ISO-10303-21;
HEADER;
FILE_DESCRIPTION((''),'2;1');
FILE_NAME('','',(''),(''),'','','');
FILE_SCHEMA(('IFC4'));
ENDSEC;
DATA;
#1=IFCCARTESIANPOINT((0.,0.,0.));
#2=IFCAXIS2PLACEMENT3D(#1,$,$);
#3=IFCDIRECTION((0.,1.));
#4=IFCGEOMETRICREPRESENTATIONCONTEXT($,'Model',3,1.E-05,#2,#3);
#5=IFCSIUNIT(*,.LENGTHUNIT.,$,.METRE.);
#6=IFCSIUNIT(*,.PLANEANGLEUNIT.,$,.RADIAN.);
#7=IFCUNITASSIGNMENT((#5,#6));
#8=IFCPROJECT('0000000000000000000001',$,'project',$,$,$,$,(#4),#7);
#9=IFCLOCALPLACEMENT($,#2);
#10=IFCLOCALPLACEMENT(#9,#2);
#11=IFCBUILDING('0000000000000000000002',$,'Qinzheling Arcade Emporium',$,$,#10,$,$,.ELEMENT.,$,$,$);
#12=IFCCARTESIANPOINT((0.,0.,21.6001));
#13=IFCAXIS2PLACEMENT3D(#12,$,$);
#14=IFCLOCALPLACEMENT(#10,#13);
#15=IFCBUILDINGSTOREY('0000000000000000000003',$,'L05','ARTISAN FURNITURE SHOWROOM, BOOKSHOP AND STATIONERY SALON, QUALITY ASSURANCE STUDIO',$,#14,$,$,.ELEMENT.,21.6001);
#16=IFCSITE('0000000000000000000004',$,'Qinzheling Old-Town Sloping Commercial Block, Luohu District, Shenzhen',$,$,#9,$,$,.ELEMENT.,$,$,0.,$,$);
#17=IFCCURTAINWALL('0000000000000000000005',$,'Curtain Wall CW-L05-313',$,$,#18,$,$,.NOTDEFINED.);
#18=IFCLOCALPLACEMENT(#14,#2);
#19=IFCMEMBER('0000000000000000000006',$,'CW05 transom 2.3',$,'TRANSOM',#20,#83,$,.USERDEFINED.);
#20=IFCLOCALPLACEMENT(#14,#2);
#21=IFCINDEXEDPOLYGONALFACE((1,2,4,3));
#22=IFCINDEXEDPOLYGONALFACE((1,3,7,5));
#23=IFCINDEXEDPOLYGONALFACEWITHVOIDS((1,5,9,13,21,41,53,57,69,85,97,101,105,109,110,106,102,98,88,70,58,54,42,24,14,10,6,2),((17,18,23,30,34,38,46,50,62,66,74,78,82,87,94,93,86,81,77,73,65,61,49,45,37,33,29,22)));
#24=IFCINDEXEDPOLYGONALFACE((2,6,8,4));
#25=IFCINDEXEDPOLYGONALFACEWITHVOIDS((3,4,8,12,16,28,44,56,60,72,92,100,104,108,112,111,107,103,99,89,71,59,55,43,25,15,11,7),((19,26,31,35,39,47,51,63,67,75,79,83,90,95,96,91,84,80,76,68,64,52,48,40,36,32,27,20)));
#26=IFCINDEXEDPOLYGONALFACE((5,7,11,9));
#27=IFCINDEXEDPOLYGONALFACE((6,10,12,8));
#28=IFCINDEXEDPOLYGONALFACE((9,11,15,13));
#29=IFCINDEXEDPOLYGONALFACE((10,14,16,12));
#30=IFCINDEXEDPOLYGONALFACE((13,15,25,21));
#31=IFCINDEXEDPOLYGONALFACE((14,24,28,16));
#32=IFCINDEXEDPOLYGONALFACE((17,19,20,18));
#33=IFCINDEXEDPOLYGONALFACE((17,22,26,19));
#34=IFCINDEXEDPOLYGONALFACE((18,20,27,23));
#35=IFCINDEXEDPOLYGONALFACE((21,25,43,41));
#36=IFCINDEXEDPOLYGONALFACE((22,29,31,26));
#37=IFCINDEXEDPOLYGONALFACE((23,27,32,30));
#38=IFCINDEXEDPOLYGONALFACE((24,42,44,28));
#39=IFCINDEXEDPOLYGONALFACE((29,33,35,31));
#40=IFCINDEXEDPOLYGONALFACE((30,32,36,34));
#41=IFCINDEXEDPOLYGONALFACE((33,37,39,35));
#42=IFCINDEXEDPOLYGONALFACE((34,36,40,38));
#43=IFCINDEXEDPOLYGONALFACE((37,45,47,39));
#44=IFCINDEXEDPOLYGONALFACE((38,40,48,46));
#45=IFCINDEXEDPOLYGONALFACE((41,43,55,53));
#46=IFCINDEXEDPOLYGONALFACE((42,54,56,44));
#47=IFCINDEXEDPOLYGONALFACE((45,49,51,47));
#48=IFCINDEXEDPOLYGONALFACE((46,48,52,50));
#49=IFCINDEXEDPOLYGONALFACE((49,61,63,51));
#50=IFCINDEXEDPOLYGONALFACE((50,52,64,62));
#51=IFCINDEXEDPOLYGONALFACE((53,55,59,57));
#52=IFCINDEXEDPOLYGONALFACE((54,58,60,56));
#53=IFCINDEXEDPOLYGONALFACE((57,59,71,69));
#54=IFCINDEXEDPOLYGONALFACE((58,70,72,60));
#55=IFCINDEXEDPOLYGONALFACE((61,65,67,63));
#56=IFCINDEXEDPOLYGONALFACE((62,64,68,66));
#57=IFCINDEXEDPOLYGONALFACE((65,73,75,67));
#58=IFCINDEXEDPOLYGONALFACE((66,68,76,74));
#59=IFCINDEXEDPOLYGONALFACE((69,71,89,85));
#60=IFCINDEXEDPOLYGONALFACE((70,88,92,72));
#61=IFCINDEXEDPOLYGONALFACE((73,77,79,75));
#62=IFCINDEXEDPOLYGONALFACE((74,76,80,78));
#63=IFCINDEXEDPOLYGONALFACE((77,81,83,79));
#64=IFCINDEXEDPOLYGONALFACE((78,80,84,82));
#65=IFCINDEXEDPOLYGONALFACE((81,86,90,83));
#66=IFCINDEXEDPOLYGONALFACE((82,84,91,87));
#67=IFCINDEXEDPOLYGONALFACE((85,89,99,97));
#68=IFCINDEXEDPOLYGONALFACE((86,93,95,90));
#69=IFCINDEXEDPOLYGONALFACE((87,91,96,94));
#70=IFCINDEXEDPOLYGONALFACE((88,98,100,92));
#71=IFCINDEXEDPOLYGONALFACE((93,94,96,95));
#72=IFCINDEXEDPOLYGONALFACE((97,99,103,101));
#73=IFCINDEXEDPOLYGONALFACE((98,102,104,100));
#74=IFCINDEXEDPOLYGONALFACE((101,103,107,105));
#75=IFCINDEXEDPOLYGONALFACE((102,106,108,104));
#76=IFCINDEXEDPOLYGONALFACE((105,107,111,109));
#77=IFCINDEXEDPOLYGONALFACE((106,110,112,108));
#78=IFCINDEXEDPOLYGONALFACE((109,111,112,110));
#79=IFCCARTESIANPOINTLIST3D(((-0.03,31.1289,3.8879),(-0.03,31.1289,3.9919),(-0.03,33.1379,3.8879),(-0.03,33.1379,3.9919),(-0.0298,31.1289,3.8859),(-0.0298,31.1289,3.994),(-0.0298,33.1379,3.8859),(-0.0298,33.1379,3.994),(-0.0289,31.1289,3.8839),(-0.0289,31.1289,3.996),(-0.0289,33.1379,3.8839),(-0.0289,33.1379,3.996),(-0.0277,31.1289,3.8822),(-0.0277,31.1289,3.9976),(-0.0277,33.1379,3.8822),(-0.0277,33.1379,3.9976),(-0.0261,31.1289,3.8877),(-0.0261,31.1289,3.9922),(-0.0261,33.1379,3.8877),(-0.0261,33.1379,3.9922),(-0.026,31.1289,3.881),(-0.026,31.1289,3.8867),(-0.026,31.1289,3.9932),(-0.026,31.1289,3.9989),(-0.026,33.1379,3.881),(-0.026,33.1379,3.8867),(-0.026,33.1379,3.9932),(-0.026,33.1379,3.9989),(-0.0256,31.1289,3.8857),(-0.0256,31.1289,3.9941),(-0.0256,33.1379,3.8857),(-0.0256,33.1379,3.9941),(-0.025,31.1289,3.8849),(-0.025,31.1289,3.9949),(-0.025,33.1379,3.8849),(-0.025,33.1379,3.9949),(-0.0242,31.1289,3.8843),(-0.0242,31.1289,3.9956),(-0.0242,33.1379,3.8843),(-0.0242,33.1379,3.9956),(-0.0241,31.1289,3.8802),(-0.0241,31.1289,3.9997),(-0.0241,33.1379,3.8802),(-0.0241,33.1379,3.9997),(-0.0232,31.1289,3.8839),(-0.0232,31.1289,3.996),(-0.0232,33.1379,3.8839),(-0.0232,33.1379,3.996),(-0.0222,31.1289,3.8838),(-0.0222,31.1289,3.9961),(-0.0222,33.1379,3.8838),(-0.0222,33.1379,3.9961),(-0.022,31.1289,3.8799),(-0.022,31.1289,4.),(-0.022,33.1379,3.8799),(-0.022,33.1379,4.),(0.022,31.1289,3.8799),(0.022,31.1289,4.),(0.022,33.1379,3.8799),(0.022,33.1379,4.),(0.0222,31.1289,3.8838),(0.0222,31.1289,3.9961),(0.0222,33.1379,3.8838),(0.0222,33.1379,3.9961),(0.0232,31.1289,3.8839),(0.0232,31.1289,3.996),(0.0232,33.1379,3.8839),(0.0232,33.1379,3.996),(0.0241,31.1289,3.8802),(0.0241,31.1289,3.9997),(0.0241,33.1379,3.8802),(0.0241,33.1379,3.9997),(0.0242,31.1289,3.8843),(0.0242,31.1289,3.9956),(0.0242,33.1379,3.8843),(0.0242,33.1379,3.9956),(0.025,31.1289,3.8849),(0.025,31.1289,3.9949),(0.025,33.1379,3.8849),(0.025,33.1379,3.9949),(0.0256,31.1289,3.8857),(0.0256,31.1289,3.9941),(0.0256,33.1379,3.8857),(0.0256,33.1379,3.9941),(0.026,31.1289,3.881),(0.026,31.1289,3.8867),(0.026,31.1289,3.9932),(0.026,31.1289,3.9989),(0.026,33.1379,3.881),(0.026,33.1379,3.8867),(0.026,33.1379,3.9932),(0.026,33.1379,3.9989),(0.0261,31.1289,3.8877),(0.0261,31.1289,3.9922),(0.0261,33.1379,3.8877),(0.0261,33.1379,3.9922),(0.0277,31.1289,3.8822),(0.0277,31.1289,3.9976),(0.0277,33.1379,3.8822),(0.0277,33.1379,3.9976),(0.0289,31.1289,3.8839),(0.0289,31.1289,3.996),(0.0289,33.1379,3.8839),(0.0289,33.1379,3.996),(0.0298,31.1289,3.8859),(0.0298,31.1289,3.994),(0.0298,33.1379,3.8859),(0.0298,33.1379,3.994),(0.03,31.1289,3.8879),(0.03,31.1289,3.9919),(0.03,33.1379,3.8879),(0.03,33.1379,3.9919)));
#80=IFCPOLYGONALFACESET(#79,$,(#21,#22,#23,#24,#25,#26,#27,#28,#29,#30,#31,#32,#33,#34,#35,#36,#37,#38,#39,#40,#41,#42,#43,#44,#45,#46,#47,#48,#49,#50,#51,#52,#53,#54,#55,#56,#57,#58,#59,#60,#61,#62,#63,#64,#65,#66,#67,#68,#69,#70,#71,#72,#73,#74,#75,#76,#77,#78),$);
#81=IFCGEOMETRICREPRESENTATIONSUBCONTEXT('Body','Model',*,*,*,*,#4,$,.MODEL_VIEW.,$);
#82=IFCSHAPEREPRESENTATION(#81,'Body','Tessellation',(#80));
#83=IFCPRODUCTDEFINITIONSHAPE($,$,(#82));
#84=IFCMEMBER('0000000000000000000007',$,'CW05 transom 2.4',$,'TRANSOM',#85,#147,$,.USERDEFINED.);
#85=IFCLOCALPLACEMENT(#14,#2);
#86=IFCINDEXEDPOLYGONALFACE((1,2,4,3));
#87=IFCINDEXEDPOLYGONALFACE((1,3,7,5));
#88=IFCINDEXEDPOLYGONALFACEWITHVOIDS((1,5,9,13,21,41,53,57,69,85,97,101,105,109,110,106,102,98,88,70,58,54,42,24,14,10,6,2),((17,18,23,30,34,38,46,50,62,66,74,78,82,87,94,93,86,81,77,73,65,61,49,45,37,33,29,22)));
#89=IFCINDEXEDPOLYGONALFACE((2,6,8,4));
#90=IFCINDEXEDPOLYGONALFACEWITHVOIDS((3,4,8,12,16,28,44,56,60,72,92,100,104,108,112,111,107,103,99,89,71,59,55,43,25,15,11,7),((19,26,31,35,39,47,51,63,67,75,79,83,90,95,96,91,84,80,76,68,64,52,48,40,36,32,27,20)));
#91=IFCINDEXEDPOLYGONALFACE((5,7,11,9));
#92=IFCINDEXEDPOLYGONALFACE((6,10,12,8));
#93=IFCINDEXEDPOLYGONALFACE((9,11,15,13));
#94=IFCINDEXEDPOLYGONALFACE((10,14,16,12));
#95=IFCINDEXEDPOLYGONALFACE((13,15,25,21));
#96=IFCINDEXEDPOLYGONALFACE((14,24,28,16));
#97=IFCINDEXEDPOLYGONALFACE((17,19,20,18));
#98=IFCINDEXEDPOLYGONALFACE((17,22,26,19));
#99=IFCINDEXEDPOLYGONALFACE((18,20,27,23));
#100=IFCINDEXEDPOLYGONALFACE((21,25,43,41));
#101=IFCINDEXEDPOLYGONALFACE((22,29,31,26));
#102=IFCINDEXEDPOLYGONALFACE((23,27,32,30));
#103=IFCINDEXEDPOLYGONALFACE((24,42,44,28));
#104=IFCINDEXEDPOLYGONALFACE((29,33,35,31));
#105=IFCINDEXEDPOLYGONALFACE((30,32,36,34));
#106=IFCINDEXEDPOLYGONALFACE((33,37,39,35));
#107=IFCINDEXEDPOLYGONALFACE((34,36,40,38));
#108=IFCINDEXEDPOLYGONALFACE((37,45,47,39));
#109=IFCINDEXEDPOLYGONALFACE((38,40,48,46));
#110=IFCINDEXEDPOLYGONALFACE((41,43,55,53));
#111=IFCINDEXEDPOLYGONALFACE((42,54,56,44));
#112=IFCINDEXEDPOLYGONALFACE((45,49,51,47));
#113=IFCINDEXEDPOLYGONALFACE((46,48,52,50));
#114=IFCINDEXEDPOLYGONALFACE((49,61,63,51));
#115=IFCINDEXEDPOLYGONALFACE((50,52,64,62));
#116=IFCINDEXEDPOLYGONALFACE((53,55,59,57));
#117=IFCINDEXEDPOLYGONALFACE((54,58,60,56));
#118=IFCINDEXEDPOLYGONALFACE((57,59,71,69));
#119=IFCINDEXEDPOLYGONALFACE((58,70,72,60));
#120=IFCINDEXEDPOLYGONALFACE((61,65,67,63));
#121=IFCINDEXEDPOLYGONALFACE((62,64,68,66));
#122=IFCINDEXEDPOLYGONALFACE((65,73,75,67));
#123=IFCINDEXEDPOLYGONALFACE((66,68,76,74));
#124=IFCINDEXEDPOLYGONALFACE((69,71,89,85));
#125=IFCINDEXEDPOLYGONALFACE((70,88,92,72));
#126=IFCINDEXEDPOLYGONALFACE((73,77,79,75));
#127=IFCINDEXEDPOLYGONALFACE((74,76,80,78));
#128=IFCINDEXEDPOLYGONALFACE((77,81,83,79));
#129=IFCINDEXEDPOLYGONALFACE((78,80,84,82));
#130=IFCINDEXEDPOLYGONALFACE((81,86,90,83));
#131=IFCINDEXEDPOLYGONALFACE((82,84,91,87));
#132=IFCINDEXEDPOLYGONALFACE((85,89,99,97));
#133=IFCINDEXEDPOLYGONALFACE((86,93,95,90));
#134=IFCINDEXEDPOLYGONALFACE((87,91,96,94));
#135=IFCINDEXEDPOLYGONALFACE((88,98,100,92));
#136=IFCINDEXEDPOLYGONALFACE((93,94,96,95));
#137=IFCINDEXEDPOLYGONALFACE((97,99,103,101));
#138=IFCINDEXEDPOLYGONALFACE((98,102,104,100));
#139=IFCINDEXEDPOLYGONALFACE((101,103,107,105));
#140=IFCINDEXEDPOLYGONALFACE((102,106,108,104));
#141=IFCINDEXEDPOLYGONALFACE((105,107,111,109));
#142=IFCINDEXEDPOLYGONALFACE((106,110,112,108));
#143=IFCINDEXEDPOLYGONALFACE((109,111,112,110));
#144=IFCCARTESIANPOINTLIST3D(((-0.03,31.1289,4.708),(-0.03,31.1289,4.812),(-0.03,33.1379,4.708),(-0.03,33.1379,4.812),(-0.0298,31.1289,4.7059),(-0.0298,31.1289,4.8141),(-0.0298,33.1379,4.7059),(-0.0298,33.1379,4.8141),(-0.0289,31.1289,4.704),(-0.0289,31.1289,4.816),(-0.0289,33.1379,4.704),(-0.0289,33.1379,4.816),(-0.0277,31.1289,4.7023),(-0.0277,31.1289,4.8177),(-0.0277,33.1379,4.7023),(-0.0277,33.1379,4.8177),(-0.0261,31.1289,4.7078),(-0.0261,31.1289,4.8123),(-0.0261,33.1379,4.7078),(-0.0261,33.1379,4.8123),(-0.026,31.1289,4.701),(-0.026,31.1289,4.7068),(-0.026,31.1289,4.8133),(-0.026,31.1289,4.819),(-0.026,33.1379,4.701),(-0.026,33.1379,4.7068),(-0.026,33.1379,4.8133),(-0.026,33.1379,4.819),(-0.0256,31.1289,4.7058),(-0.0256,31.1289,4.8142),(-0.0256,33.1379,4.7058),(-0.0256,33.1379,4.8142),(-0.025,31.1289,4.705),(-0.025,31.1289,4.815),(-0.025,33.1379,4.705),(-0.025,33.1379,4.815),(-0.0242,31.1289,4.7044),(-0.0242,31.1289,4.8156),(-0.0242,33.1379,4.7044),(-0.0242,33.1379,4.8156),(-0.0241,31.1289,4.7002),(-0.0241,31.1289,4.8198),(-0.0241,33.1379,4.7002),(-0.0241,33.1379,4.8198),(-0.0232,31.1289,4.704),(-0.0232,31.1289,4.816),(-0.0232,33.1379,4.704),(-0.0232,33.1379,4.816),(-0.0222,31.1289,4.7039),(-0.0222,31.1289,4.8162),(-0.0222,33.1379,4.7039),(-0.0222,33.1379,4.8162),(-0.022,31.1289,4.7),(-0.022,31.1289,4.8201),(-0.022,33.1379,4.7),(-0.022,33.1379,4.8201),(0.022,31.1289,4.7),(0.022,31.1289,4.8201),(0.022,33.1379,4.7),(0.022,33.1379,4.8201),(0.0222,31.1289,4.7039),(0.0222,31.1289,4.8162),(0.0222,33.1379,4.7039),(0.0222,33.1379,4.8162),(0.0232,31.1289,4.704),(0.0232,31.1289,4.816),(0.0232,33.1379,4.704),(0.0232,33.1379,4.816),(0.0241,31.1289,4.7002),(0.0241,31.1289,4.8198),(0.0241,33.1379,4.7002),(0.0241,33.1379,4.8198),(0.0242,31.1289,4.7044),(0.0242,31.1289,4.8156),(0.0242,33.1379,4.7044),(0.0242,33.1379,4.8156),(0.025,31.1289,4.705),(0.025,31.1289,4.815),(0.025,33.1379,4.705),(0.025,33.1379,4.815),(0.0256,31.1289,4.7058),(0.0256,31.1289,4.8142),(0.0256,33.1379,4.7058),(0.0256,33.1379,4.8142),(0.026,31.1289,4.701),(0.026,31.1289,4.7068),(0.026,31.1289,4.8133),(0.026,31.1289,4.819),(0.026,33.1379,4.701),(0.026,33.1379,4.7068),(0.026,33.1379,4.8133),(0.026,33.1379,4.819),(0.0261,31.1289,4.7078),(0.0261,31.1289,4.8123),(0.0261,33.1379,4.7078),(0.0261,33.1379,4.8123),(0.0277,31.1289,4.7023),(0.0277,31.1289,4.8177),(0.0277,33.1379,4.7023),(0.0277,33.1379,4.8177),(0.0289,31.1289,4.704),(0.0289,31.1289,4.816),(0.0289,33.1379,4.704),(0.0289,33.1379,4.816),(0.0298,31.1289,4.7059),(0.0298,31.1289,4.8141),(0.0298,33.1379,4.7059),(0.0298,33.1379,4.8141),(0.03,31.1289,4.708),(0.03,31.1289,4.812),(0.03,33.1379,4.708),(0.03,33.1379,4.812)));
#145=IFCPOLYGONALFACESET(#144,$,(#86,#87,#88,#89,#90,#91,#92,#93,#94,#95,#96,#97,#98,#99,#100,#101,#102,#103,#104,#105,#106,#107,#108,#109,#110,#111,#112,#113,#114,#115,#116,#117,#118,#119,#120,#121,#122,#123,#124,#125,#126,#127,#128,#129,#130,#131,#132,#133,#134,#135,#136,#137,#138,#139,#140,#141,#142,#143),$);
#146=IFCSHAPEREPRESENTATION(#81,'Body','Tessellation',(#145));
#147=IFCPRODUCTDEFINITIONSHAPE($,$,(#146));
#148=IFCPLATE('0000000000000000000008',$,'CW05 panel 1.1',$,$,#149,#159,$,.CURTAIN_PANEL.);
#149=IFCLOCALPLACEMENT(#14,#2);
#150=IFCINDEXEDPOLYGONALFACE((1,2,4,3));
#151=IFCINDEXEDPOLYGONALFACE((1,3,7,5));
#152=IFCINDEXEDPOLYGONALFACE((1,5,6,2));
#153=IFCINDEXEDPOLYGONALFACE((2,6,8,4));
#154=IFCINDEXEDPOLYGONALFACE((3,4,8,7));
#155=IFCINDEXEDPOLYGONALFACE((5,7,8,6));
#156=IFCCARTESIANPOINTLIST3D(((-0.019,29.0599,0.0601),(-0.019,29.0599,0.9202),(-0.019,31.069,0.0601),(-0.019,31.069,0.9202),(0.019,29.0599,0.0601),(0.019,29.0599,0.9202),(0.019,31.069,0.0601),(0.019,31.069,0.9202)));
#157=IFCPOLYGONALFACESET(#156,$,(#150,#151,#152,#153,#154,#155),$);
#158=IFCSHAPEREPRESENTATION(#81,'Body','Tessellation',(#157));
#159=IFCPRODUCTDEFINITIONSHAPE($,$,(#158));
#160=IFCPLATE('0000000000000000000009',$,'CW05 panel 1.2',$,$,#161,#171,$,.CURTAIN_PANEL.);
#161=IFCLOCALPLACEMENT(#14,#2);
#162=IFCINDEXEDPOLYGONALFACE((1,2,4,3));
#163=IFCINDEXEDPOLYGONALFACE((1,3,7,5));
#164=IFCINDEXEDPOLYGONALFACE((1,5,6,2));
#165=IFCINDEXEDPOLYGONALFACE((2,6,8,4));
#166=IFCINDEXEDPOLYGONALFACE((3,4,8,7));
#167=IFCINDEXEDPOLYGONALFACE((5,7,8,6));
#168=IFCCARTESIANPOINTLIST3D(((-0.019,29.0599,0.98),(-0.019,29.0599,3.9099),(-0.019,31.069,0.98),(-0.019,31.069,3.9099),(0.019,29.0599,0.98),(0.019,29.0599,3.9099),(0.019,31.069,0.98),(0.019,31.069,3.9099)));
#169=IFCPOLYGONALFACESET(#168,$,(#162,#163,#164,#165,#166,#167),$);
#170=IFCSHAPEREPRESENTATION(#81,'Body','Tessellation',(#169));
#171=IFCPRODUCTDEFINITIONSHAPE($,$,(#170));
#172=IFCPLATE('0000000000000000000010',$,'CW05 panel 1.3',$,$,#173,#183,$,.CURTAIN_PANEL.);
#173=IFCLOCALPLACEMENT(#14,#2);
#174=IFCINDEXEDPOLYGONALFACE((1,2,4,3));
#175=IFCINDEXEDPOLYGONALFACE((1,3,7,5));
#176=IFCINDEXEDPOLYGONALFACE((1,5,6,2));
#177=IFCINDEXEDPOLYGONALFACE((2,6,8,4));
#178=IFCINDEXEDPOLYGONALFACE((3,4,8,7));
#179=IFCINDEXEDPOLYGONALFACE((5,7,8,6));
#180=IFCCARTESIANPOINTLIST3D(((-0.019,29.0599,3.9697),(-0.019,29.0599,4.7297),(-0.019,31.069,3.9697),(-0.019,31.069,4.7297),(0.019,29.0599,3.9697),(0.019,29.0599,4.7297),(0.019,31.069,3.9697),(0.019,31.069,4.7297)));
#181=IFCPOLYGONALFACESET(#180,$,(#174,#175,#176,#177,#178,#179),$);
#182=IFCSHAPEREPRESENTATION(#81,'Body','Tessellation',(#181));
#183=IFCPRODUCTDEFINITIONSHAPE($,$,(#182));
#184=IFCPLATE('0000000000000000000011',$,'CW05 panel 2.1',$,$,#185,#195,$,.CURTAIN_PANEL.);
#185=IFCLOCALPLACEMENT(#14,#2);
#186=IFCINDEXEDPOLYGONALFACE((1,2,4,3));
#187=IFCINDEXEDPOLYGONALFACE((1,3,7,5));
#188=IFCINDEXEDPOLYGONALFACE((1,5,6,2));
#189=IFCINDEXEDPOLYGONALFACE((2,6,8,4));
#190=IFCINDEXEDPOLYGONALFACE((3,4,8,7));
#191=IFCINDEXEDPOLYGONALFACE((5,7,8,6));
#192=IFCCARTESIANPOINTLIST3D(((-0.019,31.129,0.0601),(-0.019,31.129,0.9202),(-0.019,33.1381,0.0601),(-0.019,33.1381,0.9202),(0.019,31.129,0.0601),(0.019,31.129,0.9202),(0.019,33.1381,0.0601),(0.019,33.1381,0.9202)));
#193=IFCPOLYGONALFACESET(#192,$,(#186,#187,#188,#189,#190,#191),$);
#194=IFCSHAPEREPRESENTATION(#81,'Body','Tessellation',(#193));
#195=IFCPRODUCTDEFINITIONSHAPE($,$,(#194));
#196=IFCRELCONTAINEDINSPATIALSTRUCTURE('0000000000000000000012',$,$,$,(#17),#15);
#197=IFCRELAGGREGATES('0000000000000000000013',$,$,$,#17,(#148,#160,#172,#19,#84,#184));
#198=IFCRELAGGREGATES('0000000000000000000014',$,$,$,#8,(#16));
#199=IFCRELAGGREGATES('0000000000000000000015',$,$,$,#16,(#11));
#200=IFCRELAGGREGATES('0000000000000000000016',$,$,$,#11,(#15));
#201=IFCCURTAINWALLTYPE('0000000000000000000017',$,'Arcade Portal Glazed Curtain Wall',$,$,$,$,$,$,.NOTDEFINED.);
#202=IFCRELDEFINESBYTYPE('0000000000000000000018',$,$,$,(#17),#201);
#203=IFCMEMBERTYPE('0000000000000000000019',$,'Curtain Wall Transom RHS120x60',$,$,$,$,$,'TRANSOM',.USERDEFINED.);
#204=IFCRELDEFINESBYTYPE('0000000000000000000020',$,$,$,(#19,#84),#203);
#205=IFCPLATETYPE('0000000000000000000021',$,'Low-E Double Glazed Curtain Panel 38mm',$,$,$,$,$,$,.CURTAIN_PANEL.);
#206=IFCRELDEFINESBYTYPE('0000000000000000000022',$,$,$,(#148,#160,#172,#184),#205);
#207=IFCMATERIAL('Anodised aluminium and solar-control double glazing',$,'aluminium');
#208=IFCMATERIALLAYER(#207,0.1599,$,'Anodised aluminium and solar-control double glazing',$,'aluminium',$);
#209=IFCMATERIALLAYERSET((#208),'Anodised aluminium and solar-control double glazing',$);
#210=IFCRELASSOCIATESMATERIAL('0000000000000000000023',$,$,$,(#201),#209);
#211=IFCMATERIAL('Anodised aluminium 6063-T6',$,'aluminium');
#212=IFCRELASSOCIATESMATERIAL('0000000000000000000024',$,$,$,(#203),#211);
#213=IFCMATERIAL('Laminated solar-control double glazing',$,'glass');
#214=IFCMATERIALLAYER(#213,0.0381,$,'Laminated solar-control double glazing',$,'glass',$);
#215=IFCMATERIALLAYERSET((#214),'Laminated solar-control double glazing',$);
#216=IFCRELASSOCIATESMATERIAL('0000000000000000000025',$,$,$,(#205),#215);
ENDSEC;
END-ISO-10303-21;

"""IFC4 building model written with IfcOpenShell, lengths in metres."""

from ifc_helpers import new_model, si_unit, direction, frame, origin, origin_2d, place, context, subcontext, project, spatial, rectangle, hollow_rectangle, extrude, material, layer, layer_set, material_profile, profile_set, type_object, element, aggregate, save


model = new_model("IFC4")

# Units and contexts
model_context = context("Model", 3, precision=1e-05, world=origin(), true_north=direction((0.0, 1.0)))
body_context = subcontext(model_context, "Body", "Model", "MODEL_VIEW")
ifc_project = project(units=[si_unit("LENGTHUNIT", "METRE"), si_unit("PLANEANGLEUNIT", "RADIAN")], contexts=[model_context])

# Site, building, storey
site_placement = place(None, origin())
site = spatial("IfcSite", under=ifc_project, at=site_placement, Name="Qinzheling Old-Town Sloping Commercial Block, Luohu District, Shenzhen", CompositionType="ELEMENT", RefElevation=0.0)
building_placement = place(site_placement, origin())
building = spatial("IfcBuilding", under=site, at=building_placement, Name="Qinzheling Arcade Emporium", CompositionType="ELEMENT")
storey_placement = place(building_placement, frame((0.0, 0.0, 21.6001)))
storey = spatial("IfcBuildingStorey", under=building, at=storey_placement, Name="L05", Description="ARTISAN FURNITURE SHOWROOM, BOOKSHOP AND STATIONERY SALON, QUALITY ASSURANCE STUDIO", CompositionType="ELEMENT", Elevation=21.6001)

# Shared definitions
ifc_material_1 = material(Name="Anodised aluminium and solar-control double glazing", Category="aluminium")
ifc_layer_1 = layer(ifc_material_1, 0.1599, Name="Anodised aluminium and solar-control double glazing", Category="aluminium")
ifc_layer_set_1 = layer_set([ifc_layer_1], Name="Anodised aluminium and solar-control double glazing")
curtain_wall_type = type_object("IfcCurtainWallType", Name="Arcade Portal Glazed Curtain Wall", PredefinedType="NOTDEFINED", material=ifc_layer_set_1)
ifc_material_2 = material(Name="Anodised aluminium 6063-T6", Category="aluminium")

# Curtain wall, members, plates
curtain_wall_1_placement = place(storey_placement, origin())
curtain_wall_1 = element("IfcCurtainWall", 1, at=curtain_wall_1_placement, inside=storey, type_object=curtain_wall_type, Name="Curtain Wall CW-L05-313", PredefinedType="NOTDEFINED")
ifc_material_profile_1 = material_profile(ifc_material_2, hollow_rectangle(XDim=0.0601, YDim=0.1201, WallThickness=0.0039, InnerFilletRadius=0.0039, OuterFilletRadius=0.0081, at=origin_2d()), Name="RHS 120x60x4", Category="aluminium")
ifc_profile_set_1 = profile_set([ifc_material_profile_1], Name="Anodised aluminium 6063-T6")
member_type_1 = type_object("IfcMemberType", Name="Curtain Wall Transom RHS120x60", ElementType="TRANSOM", PredefinedType="USERDEFINED", material=ifc_profile_set_1)
member_1_placement = place(storey_placement, frame((0.0, 31.1289, 3.9399), z_axis=(0.0, 1.0, 0.0), x_axis=(-1.0, 0.0, 0.0)))
member_1 = element("IfcMember", 2, at=member_1_placement, type_object=member_type_1, Name="CW05 transom 2.3", ObjectType="TRANSOM", PredefinedType="USERDEFINED", context=body_context, shape_type="SweptSolid", body=[
    extrude(hollow_rectangle(XDim=0.0601, YDim=0.1201, WallThickness=0.0039, InnerFilletRadius=0.0039, OuterFilletRadius=0.0081, at=origin_2d()), origin(), (0.0, 0.0, 1.0), 2.009),
])
member_2_placement = place(storey_placement, frame((0.0, 31.1289, 4.76), z_axis=(0.0, 1.0, 0.0), x_axis=(-1.0, 0.0, 0.0)))
member_2 = element("IfcMember", 3, at=member_2_placement, type_object=member_type_1, Name="CW05 transom 2.4", ObjectType="TRANSOM", PredefinedType="USERDEFINED", context=body_context, shape_type="SweptSolid", body=[
    extrude(hollow_rectangle(XDim=0.0601, YDim=0.1201, WallThickness=0.0039, InnerFilletRadius=0.0039, OuterFilletRadius=0.0081, at=origin_2d()), origin(), (0.0, 0.0, 1.0), 2.009),
])
ifc_material_3 = material(Name="Laminated solar-control double glazing", Category="glass")
ifc_layer_2 = layer(ifc_material_3, 0.0381, Name="Laminated solar-control double glazing", Category="glass")
ifc_layer_set_2 = layer_set([ifc_layer_2], Name="Laminated solar-control double glazing")
plate_type = type_object("IfcPlateType", Name="Low-E Double Glazed Curtain Panel 38mm", PredefinedType="CURTAIN_PANEL", material=ifc_layer_set_2)
plate_1_placement = place(storey_placement, frame((0.0, 30.0645, 0.0601), z_axis=(0.0, 0.0, 1.0), x_axis=(0.0, 1.0, 0.0)))
plate_1 = element("IfcPlate", 4, at=plate_1_placement, type_object=plate_type, Name="CW05 panel 1.1", PredefinedType="CURTAIN_PANEL", context=body_context, shape_type="SweptSolid", body=[
    extrude(rectangle(XDim=2.009, YDim=0.0381, at=origin_2d()), origin(), (0.0, 0.0, 1.0), 0.8601),
])
plate_2_placement = place(storey_placement, frame((0.0, 30.0645, 0.98), z_axis=(0.0, 0.0, 1.0), x_axis=(0.0, 1.0, 0.0)))
plate_2 = element("IfcPlate", 5, at=plate_2_placement, type_object=plate_type, Name="CW05 panel 1.2", PredefinedType="CURTAIN_PANEL", context=body_context, shape_type="SweptSolid", body=[
    extrude(rectangle(XDim=2.009, YDim=0.0381, at=origin_2d()), origin(), (0.0, 0.0, 1.0), 2.9299),
])
plate_3_placement = place(storey_placement, frame((0.0, 30.0645, 3.9697), z_axis=(0.0, 0.0, 1.0), x_axis=(0.0, 1.0, 0.0)))
plate_3 = element("IfcPlate", 6, at=plate_3_placement, type_object=plate_type, Name="CW05 panel 1.3", PredefinedType="CURTAIN_PANEL", context=body_context, shape_type="SweptSolid", body=[
    extrude(rectangle(XDim=2.009, YDim=0.0381, at=origin_2d()), origin(), (0.0, 0.0, 1.0), 0.76),
])
plate_4_placement = place(storey_placement, frame((0.0, 32.1335, 0.0601), z_axis=(0.0, 0.0, 1.0), x_axis=(0.0, 1.0, 0.0)))
plate_4 = element("IfcPlate", 7, at=plate_4_placement, type_object=plate_type, Name="CW05 panel 2.1", PredefinedType="CURTAIN_PANEL", context=body_context, shape_type="SweptSolid", body=[
    extrude(rectangle(XDim=2.009, YDim=0.0381, at=origin_2d()), origin(), (0.0, 0.0, 1.0), 0.8601),
])
aggregate(curtain_wall_1, [plate_1, plate_2, plate_3, member_1, member_2, plate_4])

save(model, "model.ifc")
